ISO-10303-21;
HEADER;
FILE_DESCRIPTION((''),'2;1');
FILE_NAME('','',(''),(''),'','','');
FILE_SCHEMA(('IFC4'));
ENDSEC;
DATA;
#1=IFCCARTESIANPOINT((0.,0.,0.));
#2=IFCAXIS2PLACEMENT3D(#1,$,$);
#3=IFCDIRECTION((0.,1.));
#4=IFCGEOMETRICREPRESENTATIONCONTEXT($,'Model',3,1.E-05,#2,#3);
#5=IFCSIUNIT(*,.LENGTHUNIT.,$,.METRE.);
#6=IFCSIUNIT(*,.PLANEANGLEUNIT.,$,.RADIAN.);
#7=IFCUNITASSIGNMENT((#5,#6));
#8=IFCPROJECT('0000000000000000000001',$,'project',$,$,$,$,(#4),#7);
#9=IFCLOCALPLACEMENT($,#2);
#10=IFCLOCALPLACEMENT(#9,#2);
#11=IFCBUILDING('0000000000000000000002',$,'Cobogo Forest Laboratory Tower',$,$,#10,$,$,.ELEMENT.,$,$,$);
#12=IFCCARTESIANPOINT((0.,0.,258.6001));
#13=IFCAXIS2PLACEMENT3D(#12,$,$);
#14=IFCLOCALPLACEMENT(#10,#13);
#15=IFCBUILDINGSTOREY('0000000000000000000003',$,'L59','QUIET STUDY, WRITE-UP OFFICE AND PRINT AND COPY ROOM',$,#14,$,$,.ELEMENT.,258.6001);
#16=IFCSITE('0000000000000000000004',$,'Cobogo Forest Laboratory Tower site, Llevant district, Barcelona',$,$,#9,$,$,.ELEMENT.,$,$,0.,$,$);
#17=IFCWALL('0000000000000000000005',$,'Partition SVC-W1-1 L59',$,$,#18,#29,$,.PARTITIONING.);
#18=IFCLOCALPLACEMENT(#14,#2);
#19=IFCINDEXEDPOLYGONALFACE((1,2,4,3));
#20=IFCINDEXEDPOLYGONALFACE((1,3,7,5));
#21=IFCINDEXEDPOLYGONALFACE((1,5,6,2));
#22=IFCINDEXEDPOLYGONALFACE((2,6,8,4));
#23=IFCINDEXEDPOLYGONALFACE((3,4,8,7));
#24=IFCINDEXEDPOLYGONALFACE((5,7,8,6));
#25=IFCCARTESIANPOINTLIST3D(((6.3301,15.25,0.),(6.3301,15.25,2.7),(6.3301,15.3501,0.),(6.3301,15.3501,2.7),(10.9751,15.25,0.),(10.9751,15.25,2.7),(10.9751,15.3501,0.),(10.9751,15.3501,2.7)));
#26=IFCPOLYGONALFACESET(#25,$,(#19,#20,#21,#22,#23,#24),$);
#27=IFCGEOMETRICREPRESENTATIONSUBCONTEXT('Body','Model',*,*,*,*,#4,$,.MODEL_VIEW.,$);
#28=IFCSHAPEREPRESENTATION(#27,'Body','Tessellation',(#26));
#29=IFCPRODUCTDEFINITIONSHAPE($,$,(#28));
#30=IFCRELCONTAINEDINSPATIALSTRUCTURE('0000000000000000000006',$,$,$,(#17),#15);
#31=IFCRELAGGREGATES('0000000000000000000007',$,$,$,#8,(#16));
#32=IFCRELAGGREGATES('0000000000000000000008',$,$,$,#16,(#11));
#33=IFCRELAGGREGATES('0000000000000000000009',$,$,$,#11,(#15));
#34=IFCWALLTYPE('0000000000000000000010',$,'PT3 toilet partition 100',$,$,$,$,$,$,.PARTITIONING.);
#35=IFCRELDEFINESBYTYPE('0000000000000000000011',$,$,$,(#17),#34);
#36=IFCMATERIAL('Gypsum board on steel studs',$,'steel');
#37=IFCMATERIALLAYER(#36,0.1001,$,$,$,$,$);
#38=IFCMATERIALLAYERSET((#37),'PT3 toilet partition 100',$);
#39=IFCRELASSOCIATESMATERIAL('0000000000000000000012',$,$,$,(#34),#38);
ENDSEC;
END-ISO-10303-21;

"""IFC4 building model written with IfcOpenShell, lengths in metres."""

from ifc_helpers import new_model, si_unit, direction, frame, frame_2d, origin, place, context, subcontext, project, spatial, rectangle, extrude, material, layer, layer_set, type_object, element, save


model = new_model("IFC4")

# Units and contexts
model_context = context("Model", 3, precision=1e-05, world=origin(), true_north=direction((0.0, 1.0)))
body_context = subcontext(model_context, "Body", "Model", "MODEL_VIEW")
ifc_project = project(units=[si_unit("LENGTHUNIT", "METRE"), si_unit("PLANEANGLEUNIT", "RADIAN")], contexts=[model_context])

# Site, building, storey
site_placement = place(None, origin())
site = spatial("IfcSite", under=ifc_project, at=site_placement, Name="Cobogo Forest Laboratory Tower site, Llevant district, Barcelona", CompositionType="ELEMENT", RefElevation=0.0)
building_placement = place(site_placement, origin())
building = spatial("IfcBuilding", under=site, at=building_placement, Name="Cobogo Forest Laboratory Tower", CompositionType="ELEMENT")
storey_placement = place(building_placement, frame((0.0, 0.0, 258.6001)))
storey = spatial("IfcBuildingStorey", under=building, at=storey_placement, Name="L59", Description="QUIET STUDY, WRITE-UP OFFICE AND PRINT AND COPY ROOM", CompositionType="ELEMENT", Elevation=258.6001)

# Shared definitions
ifc_material_1 = material(Name="Gypsum board on steel studs", Category="steel")

# Wall
ifc_layer_1 = layer(ifc_material_1, 0.1001)
ifc_layer_set_1 = layer_set([ifc_layer_1], Name="PT3 toilet partition 100")
wall_type_1 = type_object("IfcWallType", Name="PT3 toilet partition 100", PredefinedType="PARTITIONING", material=ifc_layer_set_1)
wall_1_placement = place(storey_placement, frame((6.3301, 15.3, 0.0), z_axis=(0.0, 0.0, 1.0), x_axis=(1.0, 0.0, 0.0)))
element("IfcWall", 1, at=wall_1_placement, inside=storey, type_object=wall_type_1, Name="Partition SVC-W1-1 L59", PredefinedType="PARTITIONING", context=body_context, shape_type="SweptSolid", body=[
    extrude(rectangle(XDim=4.645, YDim=0.1001, at=frame_2d((2.3225, 0.0))), origin(), (0.0, 0.0, 1.0), 2.7),
])

save(model, "model.ifc")
